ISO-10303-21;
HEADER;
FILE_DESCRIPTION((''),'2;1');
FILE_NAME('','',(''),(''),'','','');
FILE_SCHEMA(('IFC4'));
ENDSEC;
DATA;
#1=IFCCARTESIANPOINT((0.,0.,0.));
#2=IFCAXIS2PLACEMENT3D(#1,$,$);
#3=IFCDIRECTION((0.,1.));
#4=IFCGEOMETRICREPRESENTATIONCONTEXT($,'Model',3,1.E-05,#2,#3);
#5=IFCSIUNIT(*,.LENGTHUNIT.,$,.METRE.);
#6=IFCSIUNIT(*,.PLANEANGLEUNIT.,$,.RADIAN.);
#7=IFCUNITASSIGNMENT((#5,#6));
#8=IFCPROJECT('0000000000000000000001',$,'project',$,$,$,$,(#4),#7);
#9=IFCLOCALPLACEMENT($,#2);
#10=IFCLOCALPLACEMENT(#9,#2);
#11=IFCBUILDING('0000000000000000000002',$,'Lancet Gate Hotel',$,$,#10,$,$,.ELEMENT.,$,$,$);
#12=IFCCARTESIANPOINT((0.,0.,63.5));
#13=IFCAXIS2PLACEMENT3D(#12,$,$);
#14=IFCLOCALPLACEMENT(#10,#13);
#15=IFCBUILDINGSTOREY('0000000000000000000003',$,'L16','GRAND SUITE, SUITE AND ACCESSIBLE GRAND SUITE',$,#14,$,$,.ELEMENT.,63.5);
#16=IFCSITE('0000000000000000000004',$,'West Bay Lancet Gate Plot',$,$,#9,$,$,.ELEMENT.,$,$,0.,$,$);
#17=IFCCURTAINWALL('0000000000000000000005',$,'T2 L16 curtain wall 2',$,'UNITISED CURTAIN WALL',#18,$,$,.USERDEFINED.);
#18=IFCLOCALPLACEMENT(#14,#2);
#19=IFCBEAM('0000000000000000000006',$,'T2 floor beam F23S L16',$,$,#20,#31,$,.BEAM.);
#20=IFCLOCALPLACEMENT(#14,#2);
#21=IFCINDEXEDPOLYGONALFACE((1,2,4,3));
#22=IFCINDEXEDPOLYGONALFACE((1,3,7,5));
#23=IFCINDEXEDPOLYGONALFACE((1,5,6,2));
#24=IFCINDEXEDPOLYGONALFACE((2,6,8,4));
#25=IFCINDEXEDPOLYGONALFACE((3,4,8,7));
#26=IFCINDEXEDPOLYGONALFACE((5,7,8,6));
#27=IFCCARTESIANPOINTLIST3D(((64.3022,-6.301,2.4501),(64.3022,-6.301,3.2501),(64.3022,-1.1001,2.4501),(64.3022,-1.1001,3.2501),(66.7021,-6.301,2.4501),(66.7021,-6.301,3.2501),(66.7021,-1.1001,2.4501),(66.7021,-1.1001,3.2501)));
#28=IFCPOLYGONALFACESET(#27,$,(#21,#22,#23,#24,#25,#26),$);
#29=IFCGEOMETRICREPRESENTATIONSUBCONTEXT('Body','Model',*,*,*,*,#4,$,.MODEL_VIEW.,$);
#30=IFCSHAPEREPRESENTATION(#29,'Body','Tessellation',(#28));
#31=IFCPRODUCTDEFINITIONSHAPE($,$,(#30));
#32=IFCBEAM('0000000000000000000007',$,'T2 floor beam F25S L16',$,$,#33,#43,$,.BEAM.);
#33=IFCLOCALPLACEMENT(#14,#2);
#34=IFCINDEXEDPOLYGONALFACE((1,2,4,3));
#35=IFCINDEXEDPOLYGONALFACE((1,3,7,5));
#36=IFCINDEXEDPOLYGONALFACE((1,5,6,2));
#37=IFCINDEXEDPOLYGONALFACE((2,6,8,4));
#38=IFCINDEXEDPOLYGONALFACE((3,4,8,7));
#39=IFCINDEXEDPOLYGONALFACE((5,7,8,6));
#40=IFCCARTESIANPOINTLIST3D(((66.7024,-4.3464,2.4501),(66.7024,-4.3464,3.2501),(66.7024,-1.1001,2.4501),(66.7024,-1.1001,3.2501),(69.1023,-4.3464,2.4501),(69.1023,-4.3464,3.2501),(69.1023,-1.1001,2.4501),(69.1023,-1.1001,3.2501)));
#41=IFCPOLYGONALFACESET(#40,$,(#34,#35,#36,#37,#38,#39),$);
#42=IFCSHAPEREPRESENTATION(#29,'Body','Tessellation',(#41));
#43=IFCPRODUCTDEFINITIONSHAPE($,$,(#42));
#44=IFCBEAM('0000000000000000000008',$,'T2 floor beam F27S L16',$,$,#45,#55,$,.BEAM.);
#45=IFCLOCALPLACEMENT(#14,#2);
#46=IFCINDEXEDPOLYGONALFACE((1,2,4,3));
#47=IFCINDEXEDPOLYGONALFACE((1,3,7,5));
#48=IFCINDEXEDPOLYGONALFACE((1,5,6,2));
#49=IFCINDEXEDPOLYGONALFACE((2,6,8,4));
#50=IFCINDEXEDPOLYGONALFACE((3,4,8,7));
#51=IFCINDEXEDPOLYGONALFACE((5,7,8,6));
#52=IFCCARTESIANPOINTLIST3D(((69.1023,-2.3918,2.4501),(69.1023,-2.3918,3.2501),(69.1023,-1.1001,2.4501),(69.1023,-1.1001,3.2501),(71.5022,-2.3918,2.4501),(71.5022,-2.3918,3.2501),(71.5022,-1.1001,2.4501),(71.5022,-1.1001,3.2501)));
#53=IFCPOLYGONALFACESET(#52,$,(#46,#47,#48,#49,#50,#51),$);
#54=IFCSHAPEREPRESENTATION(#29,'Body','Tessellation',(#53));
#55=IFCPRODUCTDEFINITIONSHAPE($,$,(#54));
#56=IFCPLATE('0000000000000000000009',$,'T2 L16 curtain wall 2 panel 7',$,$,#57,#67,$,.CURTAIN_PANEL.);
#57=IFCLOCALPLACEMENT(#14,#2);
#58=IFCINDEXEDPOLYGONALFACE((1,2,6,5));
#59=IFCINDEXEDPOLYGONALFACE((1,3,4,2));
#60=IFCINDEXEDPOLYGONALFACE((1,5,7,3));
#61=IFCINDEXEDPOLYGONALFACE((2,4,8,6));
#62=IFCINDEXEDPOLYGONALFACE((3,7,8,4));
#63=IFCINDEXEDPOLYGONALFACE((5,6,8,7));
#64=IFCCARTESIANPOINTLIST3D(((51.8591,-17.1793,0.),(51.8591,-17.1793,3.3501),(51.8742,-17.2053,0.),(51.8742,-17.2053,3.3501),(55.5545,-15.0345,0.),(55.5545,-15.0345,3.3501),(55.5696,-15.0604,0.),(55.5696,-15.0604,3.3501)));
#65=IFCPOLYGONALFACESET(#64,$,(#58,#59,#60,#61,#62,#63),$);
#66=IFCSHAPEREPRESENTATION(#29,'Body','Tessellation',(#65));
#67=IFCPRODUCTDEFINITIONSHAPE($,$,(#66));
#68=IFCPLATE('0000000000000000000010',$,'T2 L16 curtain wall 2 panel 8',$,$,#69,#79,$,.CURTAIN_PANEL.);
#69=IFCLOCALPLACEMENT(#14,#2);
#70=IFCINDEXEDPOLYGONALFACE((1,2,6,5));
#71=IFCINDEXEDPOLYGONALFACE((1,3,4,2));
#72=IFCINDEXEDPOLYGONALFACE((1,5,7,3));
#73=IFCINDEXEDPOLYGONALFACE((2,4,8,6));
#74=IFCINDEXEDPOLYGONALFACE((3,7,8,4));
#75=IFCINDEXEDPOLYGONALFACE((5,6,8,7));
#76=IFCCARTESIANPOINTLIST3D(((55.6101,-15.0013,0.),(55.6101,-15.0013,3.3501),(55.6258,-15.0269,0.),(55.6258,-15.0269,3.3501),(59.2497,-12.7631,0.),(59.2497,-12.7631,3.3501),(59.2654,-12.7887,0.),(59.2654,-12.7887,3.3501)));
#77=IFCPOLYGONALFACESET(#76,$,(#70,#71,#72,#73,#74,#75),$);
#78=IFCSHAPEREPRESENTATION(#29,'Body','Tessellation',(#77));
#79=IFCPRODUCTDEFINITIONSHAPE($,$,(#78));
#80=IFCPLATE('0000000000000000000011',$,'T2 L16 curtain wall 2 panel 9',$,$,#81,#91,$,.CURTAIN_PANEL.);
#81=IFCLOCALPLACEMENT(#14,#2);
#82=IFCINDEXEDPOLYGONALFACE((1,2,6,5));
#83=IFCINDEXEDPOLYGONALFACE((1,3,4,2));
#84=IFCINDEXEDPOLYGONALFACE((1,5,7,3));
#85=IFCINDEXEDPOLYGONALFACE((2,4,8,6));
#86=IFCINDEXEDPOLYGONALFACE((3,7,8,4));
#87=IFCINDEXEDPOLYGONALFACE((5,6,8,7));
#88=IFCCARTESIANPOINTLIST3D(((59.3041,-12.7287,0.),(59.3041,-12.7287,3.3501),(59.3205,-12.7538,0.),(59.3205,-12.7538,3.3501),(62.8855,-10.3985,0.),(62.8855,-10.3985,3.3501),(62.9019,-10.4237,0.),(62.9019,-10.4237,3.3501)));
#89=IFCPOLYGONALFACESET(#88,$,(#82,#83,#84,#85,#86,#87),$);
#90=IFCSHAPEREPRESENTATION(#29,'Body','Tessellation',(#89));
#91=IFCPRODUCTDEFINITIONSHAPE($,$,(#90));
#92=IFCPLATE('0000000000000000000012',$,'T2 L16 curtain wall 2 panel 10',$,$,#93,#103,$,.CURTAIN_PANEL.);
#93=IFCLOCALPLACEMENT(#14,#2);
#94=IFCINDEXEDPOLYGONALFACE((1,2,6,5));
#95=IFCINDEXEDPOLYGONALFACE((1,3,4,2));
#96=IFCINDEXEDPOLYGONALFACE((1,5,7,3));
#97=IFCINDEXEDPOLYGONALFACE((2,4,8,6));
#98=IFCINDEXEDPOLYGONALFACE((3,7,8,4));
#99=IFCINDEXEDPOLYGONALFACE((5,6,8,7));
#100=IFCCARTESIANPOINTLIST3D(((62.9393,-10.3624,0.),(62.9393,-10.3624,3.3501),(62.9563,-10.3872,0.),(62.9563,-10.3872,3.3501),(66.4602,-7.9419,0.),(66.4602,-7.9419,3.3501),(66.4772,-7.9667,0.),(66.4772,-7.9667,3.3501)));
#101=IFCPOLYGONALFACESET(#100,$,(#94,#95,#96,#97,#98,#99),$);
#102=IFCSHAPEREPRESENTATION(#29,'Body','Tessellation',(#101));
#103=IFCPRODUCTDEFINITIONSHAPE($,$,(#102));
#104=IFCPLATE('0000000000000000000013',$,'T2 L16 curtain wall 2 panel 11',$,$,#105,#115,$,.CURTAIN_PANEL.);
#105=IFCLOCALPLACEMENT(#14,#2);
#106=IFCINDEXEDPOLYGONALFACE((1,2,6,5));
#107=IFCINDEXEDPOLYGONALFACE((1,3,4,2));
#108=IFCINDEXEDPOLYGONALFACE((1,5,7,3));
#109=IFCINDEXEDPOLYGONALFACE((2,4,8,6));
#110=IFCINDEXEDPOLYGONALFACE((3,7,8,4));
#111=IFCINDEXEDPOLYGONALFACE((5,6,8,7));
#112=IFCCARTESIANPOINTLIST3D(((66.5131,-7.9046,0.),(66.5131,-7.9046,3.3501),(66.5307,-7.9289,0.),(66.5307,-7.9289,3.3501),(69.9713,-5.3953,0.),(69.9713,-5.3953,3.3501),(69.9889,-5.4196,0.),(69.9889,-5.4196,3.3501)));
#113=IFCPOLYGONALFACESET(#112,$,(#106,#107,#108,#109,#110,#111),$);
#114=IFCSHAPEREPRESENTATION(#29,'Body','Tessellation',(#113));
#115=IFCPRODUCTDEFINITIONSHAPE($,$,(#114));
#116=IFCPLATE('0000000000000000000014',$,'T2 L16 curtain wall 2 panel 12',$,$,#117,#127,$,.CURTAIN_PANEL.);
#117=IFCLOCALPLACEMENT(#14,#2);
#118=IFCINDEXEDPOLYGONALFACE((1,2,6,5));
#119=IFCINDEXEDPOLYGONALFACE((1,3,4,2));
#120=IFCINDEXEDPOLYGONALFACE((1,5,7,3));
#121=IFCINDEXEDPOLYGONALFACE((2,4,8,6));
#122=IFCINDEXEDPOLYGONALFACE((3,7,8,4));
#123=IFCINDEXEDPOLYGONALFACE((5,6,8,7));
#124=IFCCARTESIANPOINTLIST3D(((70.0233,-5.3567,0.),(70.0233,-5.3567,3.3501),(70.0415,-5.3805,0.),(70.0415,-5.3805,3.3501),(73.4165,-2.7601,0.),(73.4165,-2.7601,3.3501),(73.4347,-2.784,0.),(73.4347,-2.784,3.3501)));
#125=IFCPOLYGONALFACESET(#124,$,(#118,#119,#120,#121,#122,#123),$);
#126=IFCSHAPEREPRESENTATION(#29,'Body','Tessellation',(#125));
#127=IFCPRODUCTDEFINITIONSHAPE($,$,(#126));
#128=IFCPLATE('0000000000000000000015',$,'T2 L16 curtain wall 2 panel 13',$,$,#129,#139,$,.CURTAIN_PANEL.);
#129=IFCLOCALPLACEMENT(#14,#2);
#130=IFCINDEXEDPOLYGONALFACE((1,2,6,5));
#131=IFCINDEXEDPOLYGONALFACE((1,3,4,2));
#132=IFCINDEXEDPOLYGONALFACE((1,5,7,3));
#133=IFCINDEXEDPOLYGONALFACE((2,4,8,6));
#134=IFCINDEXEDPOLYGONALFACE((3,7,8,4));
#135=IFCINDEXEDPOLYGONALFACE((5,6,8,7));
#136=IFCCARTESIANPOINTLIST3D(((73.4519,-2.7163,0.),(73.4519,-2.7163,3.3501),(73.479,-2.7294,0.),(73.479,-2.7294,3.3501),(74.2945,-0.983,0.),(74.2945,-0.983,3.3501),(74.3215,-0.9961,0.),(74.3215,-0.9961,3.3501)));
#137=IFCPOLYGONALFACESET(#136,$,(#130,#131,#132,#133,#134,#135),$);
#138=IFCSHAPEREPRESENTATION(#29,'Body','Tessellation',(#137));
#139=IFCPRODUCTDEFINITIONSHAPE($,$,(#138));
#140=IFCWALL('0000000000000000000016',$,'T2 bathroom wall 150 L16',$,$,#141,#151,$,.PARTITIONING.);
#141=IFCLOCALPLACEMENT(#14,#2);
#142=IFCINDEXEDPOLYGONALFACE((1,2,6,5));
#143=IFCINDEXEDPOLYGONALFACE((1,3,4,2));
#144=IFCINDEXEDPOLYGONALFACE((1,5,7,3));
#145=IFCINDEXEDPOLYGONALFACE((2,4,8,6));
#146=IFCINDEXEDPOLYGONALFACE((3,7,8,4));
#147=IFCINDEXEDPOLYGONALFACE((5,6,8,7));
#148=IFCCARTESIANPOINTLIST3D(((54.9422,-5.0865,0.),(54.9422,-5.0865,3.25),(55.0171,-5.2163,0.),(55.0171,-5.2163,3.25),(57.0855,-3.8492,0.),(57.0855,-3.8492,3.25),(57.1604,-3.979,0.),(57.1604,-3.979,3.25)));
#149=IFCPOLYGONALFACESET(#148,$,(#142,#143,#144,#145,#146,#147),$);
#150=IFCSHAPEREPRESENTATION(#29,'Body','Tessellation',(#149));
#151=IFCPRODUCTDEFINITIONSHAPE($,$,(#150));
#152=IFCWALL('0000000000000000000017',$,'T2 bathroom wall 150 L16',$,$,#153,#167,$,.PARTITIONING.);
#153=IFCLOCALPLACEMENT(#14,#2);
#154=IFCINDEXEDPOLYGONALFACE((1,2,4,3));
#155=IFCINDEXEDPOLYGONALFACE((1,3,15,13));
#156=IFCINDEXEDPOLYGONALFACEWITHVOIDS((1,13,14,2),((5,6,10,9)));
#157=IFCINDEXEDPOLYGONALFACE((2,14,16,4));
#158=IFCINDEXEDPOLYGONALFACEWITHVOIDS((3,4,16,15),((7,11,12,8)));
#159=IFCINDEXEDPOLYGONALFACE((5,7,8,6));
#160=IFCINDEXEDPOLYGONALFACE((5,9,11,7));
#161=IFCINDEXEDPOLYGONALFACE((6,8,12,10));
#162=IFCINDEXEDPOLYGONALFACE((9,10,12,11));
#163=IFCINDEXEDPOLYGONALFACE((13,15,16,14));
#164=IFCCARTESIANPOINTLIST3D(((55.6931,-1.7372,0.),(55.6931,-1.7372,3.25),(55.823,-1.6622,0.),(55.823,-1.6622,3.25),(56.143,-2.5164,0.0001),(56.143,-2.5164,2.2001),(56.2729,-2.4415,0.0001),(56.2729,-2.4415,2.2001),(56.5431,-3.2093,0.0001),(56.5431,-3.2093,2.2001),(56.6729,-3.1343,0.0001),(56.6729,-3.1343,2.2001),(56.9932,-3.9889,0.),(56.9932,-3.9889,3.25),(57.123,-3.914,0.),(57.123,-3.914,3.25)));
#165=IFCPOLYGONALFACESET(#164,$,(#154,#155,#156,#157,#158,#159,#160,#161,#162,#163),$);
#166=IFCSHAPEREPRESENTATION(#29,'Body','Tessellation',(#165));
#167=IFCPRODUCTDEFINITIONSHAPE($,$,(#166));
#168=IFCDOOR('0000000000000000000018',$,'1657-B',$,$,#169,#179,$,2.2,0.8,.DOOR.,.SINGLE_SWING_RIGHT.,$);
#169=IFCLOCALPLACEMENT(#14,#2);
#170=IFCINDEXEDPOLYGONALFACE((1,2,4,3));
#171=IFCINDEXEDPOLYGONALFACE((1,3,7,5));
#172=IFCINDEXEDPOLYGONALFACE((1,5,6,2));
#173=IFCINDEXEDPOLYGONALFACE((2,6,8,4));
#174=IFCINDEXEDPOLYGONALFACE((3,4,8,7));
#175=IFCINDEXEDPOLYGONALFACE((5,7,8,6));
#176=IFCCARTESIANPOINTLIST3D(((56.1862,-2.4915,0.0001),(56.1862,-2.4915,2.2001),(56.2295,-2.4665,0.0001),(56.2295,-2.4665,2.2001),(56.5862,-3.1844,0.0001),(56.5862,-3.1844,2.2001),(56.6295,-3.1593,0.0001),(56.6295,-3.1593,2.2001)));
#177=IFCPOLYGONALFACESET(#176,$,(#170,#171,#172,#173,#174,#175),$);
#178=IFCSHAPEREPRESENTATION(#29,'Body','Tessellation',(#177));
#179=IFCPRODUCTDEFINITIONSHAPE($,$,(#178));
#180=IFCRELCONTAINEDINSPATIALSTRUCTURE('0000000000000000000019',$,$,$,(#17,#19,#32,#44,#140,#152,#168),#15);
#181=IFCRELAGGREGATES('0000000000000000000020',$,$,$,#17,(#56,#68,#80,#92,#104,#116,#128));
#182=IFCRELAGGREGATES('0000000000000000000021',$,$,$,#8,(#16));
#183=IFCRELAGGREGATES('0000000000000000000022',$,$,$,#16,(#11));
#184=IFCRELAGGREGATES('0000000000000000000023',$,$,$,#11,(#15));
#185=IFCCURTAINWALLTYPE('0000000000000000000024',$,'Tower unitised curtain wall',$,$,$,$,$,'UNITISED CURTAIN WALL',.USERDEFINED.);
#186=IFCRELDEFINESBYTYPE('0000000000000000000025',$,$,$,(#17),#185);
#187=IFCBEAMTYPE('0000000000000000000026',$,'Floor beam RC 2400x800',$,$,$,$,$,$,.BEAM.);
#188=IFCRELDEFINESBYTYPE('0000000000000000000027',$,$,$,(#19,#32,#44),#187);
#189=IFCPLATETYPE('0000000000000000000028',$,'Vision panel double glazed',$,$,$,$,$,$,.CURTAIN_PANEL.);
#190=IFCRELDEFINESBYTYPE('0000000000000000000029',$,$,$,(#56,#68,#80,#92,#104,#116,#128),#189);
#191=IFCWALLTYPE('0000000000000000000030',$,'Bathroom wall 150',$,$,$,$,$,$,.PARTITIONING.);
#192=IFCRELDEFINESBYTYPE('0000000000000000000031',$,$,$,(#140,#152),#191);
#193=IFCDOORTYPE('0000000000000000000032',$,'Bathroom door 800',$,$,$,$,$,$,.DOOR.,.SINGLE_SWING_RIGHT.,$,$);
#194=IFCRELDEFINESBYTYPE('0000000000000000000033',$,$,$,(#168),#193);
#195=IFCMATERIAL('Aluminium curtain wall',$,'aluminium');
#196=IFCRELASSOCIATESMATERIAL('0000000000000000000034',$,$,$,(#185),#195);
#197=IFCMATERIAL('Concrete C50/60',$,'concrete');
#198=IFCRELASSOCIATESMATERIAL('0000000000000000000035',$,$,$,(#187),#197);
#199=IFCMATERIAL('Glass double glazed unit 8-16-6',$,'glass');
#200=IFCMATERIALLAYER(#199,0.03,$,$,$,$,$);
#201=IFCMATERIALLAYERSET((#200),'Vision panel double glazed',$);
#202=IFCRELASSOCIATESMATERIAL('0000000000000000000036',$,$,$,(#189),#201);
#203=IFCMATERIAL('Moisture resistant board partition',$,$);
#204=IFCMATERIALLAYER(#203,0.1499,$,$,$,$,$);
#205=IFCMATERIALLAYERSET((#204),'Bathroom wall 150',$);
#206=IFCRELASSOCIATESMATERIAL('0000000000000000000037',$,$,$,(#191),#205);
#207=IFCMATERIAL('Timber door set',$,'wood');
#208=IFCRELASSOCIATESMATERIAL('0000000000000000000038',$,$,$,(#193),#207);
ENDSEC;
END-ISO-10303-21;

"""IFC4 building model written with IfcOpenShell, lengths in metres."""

from ifc_helpers import new_model, si_unit, direction, frame, frame_2d, origin, origin_2d, place, context, subcontext, project, spatial, rectangle, extrude, material, layer, layer_set, material_profile, profile_set, type_object, element, fill, aggregate, save


model = new_model("IFC4")

# Units and contexts
model_context = context("Model", 3, precision=1e-05, world=origin(), true_north=direction((0.0, 1.0)))
body_context = subcontext(model_context, "Body", "Model", "MODEL_VIEW")
ifc_project = project(units=[si_unit("LENGTHUNIT", "METRE"), si_unit("PLANEANGLEUNIT", "RADIAN")], contexts=[model_context])

# Site, building, storey
site_placement = place(None, origin())
site = spatial("IfcSite", under=ifc_project, at=site_placement, Name="West Bay Lancet Gate Plot", CompositionType="ELEMENT", RefElevation=0.0)
building_placement = place(site_placement, origin())
building = spatial("IfcBuilding", under=site, at=building_placement, Name="Lancet Gate Hotel", CompositionType="ELEMENT")
storey_placement = place(building_placement, frame((0.0, 0.0, 63.5)))
storey = spatial("IfcBuildingStorey", under=building, at=storey_placement, Name="L16", Description="GRAND SUITE, SUITE AND ACCESSIBLE GRAND SUITE", CompositionType="ELEMENT", Elevation=63.5)

# Curtain wall
ifc_material_1 = material(Name="Aluminium curtain wall", Category="aluminium")
curtain_wall_type = type_object("IfcCurtainWallType", Name="Tower unitised curtain wall", ElementType="UNITISED CURTAIN WALL", PredefinedType="USERDEFINED", material=ifc_material_1)
curtain_wall_placement = place(storey_placement, origin())
curtain_wall = element("IfcCurtainWall", 1, at=curtain_wall_placement, inside=storey, type_object=curtain_wall_type, Name="T2 L16 curtain wall 2", ObjectType="UNITISED CURTAIN WALL", PredefinedType="USERDEFINED")

# Beams
ifc_material_2 = material(Name="Concrete C50/60", Category="concrete")
ifc_material_profile_1 = material_profile(ifc_material_2, rectangle(XDim=2.3999, YDim=0.8, at=origin_2d()), Name="RC 2400x800")
ifc_profile_set_1 = profile_set([ifc_material_profile_1], Name="Concrete C50/60")
beam_type_1 = type_object("IfcBeamType", Name="Floor beam RC 2400x800", PredefinedType="BEAM", material=ifc_profile_set_1)
beam_1_placement = place(storey_placement, frame((65.5022, -6.301, 2.8501), z_axis=(0.0, 1.0, 0.0), x_axis=(-1.0, 0.0, 0.0)))
element("IfcBeam", 2, at=beam_1_placement, inside=storey, type_object=beam_type_1, Name="T2 floor beam F23S L16", PredefinedType="BEAM", context=body_context, shape_type="SweptSolid", body=[
    extrude(rectangle(XDim=2.3999, YDim=0.8, at=origin_2d()), origin(), (0.0, 0.0, 1.0), 5.2009),
])
beam_2_placement = place(storey_placement, frame((67.9023, -4.3464, 2.8501), z_axis=(0.0, 1.0, 0.0), x_axis=(-1.0, 0.0, 0.0)))
element("IfcBeam", 3, at=beam_2_placement, inside=storey, type_object=beam_type_1, Name="T2 floor beam F25S L16", PredefinedType="BEAM", context=body_context, shape_type="SweptSolid", body=[
    extrude(rectangle(XDim=2.3999, YDim=0.8, at=origin_2d()), origin(), (0.0, 0.0, 1.0), 3.2463),
])
beam_3_placement = place(storey_placement, frame((70.3022, -2.3918, 2.8501), z_axis=(0.0, 1.0, 0.0), x_axis=(-1.0, 0.0, 0.0)))
element("IfcBeam", 4, at=beam_3_placement, inside=storey, type_object=beam_type_1, Name="T2 floor beam F27S L16", PredefinedType="BEAM", context=body_context, shape_type="SweptSolid", body=[
    extrude(rectangle(XDim=2.3999, YDim=0.8, at=origin_2d()), origin(), (0.0, 0.0, 1.0), 1.2917),
])

# Plates
ifc_material_3 = material(Name="Glass double glazed unit 8-16-6", Category="glass")
ifc_layer_1 = layer(ifc_material_3, 0.03)
ifc_layer_set_1 = layer_set([ifc_layer_1], Name="Vision panel double glazed")
plate_type = type_object("IfcPlateType", Name="Vision panel double glazed", PredefinedType="CURTAIN_PANEL", material=ifc_layer_set_1)
plate_1_placement = place(storey_placement, frame((53.7144, -16.1199, 0.0), z_axis=(0.0, 0.0, 1.0), x_axis=(0.864872, 0.501993, 0.0)))
plate_1 = element("IfcPlate", 5, at=plate_1_placement, type_object=plate_type, Name="T2 L16 curtain wall 2 panel 7", PredefinedType="CURTAIN_PANEL", context=body_context, shape_type="SweptSolid", body=[
    extrude(rectangle(XDim=4.2727, YDim=0.03, at=origin_2d()), origin(), (0.0, 0.0, 1.0), 3.3501),
])
plate_2_placement = place(storey_placement, frame((57.4377, -13.895, 0.0), z_axis=(0.0, 0.0, 1.0), x_axis=(0.851815, 0.523842, 0.0)))
plate_2 = element("IfcPlate", 6, at=plate_2_placement, type_object=plate_type, Name="T2 L16 curtain wall 2 panel 8", PredefinedType="CURTAIN_PANEL", context=body_context, shape_type="SweptSolid", body=[
    extrude(rectangle(XDim=4.2727, YDim=0.03, at=origin_2d()), origin(), (0.0, 0.0, 1.0), 3.3501),
])
plate_3_placement = place(storey_placement, frame((61.103, -11.5762, 0.0), z_axis=(0.0, 0.0, 1.0), x_axis=(0.838207, 0.545353, 0.0)))
plate_3 = element("IfcPlate", 7, at=plate_3_placement, type_object=plate_type, Name="T2 L16 curtain wall 2 panel 9", PredefinedType="CURTAIN_PANEL", context=body_context, shape_type="SweptSolid", body=[
    extrude(rectangle(XDim=4.2727, YDim=0.03, at=origin_2d()), origin(), (0.0, 0.0, 1.0), 3.3501),
])
plate_4_placement = place(storey_placement, frame((64.7083, -9.1646, 0.0), z_axis=(0.0, 0.0, 1.0), x_axis=(0.824055, 0.566509, 0.0)))
plate_4 = element("IfcPlate", 8, at=plate_4_placement, type_object=plate_type, Name="T2 L16 curtain wall 2 panel 10", PredefinedType="CURTAIN_PANEL", context=body_context, shape_type="SweptSolid", body=[
    extrude(rectangle(XDim=4.2727, YDim=0.03, at=origin_2d()), origin(), (0.0, 0.0, 1.0), 3.3501),
])
plate_5_placement = place(storey_placement, frame((68.251, -6.6621, 0.0), z_axis=(0.0, 0.0, 1.0), x_axis=(0.80937, 0.587299, 0.0)))
plate_5 = element("IfcPlate", 9, at=plate_5_placement, type_object=plate_type, Name="T2 L16 curtain wall 2 panel 11", PredefinedType="CURTAIN_PANEL", context=body_context, shape_type="SweptSolid", body=[
    extrude(rectangle(XDim=4.2727, YDim=0.03, at=origin_2d()), origin(), (0.0, 0.0, 1.0), 3.3501),
])
plate_6_placement = place(storey_placement, frame((71.729, -4.0703, 0.0), z_axis=(0.0, 0.0, 1.0), x_axis=(0.79416, 0.607709, 0.0)))
plate_6 = element("IfcPlate", 10, at=plate_6_placement, type_object=plate_type, Name="T2 L16 curtain wall 2 panel 12", PredefinedType="CURTAIN_PANEL", context=body_context, shape_type="SweptSolid", body=[
    extrude(rectangle(XDim=4.2727, YDim=0.03, at=origin_2d()), origin(), (0.0, 0.0, 1.0), 3.3501),
])
plate_7_placement = place(storey_placement, frame((73.8867, -1.8562, 0.0), z_axis=(0.0, 0.0, 1.0), x_axis=(0.437169, 0.899379, 0.0)))
plate_7 = element("IfcPlate", 11, at=plate_7_placement, type_object=plate_type, Name="T2 L16 curtain wall 2 panel 13", PredefinedType="CURTAIN_PANEL", context=body_context, shape_type="SweptSolid", body=[
    extrude(rectangle(XDim=1.9272, YDim=0.03, at=origin_2d()), origin(), (0.0, 0.0, 1.0), 3.3501),
])
aggregate(curtain_wall, [plate_1, plate_2, plate_3, plate_4, plate_5, plate_6, plate_7])

# Wall
ifc_material_4 = material(Name="Moisture resistant board partition")
ifc_layer_2 = layer(ifc_material_4, 0.1499)
ifc_layer_set_2 = layer_set([ifc_layer_2], Name="Bathroom wall 150")
wall_type_1 = type_object("IfcWallType", Name="Bathroom wall 150", PredefinedType="PARTITIONING", material=ifc_layer_set_2)
wall_1_placement = place(storey_placement, frame((54.9797, -5.1514, 0.0), z_axis=(0.0, 0.0, 1.0), x_axis=(0.866049, 0.499959, 0.0)))
element("IfcWall", 12, at=wall_1_placement, inside=storey, type_object=wall_type_1, Name="T2 bathroom wall 150 L16", PredefinedType="PARTITIONING", context=body_context, shape_type="SweptSolid", body=[
    extrude(rectangle(XDim=2.4749, YDim=0.1499, at=frame_2d((1.2373, 0.0))), origin(), (0.0, 0.0, 1.0), 3.25),
])

# Wall, opening, door
wall_2_placement = place(storey_placement, frame((55.7581, -1.6997, 0.0), z_axis=(0.0, 0.0, 1.0), x_axis=(0.500007, -0.866021, 0.0)))
wall_2 = element("IfcWall", 13, at=wall_2_placement, inside=storey, type_object=wall_type_1, Name="T2 bathroom wall 150 L16", PredefinedType="PARTITIONING", context=body_context, shape_type="SweptSolid", body=[
    extrude(rectangle(XDim=2.6001, YDim=0.1499, at=frame_2d((1.3, 0.0))), origin(), (0.0, 0.0, 1.0), 3.25),
])
opening_placement = place(wall_2_placement, frame((0.8999, 0.0, 0.0)))
opening = element("IfcOpeningElement", 14, at=opening_placement, cuts=wall_2, PredefinedType="OPENING", context=body_context, shape_type="SweptSolid", body=[
    extrude(rectangle(XDim=0.8, YDim=2.2, at=frame_2d((0.3999, 1.1001))), frame((0.0, 0.085, 0.0), z_axis=(0.0, -1.0, 0.0), x_axis=(1.0, 0.0, 0.0)), (0.0, 0.0, 1.0), 0.1699),
])
ifc_material_5 = material(Name="Timber door set", Category="wood")
door_type = type_object("IfcDoorType", Name="Bathroom door 800", OperationType="SINGLE_SWING_RIGHT", PredefinedType="DOOR", material=ifc_material_5)
door_placement = place(opening_placement, origin())
door = element("IfcDoor", 15, at=door_placement, inside=storey, type_object=door_type, Name="1657-B", OperationType="SINGLE_SWING_RIGHT", OverallHeight=2.2, OverallWidth=0.8, PredefinedType="DOOR", context=body_context, shape_type="SweptSolid", body=[
    extrude(rectangle(XDim=0.8, YDim=2.2, at=frame_2d((0.3999, 1.1001))), frame((0.0, 0.0249, 0.0), z_axis=(0.0, -1.0, 0.0), x_axis=(1.0, 0.0, 0.0)), (0.0, 0.0, 1.0), 0.05),
])
fill(opening, door)

save(model, "model.ifc")
